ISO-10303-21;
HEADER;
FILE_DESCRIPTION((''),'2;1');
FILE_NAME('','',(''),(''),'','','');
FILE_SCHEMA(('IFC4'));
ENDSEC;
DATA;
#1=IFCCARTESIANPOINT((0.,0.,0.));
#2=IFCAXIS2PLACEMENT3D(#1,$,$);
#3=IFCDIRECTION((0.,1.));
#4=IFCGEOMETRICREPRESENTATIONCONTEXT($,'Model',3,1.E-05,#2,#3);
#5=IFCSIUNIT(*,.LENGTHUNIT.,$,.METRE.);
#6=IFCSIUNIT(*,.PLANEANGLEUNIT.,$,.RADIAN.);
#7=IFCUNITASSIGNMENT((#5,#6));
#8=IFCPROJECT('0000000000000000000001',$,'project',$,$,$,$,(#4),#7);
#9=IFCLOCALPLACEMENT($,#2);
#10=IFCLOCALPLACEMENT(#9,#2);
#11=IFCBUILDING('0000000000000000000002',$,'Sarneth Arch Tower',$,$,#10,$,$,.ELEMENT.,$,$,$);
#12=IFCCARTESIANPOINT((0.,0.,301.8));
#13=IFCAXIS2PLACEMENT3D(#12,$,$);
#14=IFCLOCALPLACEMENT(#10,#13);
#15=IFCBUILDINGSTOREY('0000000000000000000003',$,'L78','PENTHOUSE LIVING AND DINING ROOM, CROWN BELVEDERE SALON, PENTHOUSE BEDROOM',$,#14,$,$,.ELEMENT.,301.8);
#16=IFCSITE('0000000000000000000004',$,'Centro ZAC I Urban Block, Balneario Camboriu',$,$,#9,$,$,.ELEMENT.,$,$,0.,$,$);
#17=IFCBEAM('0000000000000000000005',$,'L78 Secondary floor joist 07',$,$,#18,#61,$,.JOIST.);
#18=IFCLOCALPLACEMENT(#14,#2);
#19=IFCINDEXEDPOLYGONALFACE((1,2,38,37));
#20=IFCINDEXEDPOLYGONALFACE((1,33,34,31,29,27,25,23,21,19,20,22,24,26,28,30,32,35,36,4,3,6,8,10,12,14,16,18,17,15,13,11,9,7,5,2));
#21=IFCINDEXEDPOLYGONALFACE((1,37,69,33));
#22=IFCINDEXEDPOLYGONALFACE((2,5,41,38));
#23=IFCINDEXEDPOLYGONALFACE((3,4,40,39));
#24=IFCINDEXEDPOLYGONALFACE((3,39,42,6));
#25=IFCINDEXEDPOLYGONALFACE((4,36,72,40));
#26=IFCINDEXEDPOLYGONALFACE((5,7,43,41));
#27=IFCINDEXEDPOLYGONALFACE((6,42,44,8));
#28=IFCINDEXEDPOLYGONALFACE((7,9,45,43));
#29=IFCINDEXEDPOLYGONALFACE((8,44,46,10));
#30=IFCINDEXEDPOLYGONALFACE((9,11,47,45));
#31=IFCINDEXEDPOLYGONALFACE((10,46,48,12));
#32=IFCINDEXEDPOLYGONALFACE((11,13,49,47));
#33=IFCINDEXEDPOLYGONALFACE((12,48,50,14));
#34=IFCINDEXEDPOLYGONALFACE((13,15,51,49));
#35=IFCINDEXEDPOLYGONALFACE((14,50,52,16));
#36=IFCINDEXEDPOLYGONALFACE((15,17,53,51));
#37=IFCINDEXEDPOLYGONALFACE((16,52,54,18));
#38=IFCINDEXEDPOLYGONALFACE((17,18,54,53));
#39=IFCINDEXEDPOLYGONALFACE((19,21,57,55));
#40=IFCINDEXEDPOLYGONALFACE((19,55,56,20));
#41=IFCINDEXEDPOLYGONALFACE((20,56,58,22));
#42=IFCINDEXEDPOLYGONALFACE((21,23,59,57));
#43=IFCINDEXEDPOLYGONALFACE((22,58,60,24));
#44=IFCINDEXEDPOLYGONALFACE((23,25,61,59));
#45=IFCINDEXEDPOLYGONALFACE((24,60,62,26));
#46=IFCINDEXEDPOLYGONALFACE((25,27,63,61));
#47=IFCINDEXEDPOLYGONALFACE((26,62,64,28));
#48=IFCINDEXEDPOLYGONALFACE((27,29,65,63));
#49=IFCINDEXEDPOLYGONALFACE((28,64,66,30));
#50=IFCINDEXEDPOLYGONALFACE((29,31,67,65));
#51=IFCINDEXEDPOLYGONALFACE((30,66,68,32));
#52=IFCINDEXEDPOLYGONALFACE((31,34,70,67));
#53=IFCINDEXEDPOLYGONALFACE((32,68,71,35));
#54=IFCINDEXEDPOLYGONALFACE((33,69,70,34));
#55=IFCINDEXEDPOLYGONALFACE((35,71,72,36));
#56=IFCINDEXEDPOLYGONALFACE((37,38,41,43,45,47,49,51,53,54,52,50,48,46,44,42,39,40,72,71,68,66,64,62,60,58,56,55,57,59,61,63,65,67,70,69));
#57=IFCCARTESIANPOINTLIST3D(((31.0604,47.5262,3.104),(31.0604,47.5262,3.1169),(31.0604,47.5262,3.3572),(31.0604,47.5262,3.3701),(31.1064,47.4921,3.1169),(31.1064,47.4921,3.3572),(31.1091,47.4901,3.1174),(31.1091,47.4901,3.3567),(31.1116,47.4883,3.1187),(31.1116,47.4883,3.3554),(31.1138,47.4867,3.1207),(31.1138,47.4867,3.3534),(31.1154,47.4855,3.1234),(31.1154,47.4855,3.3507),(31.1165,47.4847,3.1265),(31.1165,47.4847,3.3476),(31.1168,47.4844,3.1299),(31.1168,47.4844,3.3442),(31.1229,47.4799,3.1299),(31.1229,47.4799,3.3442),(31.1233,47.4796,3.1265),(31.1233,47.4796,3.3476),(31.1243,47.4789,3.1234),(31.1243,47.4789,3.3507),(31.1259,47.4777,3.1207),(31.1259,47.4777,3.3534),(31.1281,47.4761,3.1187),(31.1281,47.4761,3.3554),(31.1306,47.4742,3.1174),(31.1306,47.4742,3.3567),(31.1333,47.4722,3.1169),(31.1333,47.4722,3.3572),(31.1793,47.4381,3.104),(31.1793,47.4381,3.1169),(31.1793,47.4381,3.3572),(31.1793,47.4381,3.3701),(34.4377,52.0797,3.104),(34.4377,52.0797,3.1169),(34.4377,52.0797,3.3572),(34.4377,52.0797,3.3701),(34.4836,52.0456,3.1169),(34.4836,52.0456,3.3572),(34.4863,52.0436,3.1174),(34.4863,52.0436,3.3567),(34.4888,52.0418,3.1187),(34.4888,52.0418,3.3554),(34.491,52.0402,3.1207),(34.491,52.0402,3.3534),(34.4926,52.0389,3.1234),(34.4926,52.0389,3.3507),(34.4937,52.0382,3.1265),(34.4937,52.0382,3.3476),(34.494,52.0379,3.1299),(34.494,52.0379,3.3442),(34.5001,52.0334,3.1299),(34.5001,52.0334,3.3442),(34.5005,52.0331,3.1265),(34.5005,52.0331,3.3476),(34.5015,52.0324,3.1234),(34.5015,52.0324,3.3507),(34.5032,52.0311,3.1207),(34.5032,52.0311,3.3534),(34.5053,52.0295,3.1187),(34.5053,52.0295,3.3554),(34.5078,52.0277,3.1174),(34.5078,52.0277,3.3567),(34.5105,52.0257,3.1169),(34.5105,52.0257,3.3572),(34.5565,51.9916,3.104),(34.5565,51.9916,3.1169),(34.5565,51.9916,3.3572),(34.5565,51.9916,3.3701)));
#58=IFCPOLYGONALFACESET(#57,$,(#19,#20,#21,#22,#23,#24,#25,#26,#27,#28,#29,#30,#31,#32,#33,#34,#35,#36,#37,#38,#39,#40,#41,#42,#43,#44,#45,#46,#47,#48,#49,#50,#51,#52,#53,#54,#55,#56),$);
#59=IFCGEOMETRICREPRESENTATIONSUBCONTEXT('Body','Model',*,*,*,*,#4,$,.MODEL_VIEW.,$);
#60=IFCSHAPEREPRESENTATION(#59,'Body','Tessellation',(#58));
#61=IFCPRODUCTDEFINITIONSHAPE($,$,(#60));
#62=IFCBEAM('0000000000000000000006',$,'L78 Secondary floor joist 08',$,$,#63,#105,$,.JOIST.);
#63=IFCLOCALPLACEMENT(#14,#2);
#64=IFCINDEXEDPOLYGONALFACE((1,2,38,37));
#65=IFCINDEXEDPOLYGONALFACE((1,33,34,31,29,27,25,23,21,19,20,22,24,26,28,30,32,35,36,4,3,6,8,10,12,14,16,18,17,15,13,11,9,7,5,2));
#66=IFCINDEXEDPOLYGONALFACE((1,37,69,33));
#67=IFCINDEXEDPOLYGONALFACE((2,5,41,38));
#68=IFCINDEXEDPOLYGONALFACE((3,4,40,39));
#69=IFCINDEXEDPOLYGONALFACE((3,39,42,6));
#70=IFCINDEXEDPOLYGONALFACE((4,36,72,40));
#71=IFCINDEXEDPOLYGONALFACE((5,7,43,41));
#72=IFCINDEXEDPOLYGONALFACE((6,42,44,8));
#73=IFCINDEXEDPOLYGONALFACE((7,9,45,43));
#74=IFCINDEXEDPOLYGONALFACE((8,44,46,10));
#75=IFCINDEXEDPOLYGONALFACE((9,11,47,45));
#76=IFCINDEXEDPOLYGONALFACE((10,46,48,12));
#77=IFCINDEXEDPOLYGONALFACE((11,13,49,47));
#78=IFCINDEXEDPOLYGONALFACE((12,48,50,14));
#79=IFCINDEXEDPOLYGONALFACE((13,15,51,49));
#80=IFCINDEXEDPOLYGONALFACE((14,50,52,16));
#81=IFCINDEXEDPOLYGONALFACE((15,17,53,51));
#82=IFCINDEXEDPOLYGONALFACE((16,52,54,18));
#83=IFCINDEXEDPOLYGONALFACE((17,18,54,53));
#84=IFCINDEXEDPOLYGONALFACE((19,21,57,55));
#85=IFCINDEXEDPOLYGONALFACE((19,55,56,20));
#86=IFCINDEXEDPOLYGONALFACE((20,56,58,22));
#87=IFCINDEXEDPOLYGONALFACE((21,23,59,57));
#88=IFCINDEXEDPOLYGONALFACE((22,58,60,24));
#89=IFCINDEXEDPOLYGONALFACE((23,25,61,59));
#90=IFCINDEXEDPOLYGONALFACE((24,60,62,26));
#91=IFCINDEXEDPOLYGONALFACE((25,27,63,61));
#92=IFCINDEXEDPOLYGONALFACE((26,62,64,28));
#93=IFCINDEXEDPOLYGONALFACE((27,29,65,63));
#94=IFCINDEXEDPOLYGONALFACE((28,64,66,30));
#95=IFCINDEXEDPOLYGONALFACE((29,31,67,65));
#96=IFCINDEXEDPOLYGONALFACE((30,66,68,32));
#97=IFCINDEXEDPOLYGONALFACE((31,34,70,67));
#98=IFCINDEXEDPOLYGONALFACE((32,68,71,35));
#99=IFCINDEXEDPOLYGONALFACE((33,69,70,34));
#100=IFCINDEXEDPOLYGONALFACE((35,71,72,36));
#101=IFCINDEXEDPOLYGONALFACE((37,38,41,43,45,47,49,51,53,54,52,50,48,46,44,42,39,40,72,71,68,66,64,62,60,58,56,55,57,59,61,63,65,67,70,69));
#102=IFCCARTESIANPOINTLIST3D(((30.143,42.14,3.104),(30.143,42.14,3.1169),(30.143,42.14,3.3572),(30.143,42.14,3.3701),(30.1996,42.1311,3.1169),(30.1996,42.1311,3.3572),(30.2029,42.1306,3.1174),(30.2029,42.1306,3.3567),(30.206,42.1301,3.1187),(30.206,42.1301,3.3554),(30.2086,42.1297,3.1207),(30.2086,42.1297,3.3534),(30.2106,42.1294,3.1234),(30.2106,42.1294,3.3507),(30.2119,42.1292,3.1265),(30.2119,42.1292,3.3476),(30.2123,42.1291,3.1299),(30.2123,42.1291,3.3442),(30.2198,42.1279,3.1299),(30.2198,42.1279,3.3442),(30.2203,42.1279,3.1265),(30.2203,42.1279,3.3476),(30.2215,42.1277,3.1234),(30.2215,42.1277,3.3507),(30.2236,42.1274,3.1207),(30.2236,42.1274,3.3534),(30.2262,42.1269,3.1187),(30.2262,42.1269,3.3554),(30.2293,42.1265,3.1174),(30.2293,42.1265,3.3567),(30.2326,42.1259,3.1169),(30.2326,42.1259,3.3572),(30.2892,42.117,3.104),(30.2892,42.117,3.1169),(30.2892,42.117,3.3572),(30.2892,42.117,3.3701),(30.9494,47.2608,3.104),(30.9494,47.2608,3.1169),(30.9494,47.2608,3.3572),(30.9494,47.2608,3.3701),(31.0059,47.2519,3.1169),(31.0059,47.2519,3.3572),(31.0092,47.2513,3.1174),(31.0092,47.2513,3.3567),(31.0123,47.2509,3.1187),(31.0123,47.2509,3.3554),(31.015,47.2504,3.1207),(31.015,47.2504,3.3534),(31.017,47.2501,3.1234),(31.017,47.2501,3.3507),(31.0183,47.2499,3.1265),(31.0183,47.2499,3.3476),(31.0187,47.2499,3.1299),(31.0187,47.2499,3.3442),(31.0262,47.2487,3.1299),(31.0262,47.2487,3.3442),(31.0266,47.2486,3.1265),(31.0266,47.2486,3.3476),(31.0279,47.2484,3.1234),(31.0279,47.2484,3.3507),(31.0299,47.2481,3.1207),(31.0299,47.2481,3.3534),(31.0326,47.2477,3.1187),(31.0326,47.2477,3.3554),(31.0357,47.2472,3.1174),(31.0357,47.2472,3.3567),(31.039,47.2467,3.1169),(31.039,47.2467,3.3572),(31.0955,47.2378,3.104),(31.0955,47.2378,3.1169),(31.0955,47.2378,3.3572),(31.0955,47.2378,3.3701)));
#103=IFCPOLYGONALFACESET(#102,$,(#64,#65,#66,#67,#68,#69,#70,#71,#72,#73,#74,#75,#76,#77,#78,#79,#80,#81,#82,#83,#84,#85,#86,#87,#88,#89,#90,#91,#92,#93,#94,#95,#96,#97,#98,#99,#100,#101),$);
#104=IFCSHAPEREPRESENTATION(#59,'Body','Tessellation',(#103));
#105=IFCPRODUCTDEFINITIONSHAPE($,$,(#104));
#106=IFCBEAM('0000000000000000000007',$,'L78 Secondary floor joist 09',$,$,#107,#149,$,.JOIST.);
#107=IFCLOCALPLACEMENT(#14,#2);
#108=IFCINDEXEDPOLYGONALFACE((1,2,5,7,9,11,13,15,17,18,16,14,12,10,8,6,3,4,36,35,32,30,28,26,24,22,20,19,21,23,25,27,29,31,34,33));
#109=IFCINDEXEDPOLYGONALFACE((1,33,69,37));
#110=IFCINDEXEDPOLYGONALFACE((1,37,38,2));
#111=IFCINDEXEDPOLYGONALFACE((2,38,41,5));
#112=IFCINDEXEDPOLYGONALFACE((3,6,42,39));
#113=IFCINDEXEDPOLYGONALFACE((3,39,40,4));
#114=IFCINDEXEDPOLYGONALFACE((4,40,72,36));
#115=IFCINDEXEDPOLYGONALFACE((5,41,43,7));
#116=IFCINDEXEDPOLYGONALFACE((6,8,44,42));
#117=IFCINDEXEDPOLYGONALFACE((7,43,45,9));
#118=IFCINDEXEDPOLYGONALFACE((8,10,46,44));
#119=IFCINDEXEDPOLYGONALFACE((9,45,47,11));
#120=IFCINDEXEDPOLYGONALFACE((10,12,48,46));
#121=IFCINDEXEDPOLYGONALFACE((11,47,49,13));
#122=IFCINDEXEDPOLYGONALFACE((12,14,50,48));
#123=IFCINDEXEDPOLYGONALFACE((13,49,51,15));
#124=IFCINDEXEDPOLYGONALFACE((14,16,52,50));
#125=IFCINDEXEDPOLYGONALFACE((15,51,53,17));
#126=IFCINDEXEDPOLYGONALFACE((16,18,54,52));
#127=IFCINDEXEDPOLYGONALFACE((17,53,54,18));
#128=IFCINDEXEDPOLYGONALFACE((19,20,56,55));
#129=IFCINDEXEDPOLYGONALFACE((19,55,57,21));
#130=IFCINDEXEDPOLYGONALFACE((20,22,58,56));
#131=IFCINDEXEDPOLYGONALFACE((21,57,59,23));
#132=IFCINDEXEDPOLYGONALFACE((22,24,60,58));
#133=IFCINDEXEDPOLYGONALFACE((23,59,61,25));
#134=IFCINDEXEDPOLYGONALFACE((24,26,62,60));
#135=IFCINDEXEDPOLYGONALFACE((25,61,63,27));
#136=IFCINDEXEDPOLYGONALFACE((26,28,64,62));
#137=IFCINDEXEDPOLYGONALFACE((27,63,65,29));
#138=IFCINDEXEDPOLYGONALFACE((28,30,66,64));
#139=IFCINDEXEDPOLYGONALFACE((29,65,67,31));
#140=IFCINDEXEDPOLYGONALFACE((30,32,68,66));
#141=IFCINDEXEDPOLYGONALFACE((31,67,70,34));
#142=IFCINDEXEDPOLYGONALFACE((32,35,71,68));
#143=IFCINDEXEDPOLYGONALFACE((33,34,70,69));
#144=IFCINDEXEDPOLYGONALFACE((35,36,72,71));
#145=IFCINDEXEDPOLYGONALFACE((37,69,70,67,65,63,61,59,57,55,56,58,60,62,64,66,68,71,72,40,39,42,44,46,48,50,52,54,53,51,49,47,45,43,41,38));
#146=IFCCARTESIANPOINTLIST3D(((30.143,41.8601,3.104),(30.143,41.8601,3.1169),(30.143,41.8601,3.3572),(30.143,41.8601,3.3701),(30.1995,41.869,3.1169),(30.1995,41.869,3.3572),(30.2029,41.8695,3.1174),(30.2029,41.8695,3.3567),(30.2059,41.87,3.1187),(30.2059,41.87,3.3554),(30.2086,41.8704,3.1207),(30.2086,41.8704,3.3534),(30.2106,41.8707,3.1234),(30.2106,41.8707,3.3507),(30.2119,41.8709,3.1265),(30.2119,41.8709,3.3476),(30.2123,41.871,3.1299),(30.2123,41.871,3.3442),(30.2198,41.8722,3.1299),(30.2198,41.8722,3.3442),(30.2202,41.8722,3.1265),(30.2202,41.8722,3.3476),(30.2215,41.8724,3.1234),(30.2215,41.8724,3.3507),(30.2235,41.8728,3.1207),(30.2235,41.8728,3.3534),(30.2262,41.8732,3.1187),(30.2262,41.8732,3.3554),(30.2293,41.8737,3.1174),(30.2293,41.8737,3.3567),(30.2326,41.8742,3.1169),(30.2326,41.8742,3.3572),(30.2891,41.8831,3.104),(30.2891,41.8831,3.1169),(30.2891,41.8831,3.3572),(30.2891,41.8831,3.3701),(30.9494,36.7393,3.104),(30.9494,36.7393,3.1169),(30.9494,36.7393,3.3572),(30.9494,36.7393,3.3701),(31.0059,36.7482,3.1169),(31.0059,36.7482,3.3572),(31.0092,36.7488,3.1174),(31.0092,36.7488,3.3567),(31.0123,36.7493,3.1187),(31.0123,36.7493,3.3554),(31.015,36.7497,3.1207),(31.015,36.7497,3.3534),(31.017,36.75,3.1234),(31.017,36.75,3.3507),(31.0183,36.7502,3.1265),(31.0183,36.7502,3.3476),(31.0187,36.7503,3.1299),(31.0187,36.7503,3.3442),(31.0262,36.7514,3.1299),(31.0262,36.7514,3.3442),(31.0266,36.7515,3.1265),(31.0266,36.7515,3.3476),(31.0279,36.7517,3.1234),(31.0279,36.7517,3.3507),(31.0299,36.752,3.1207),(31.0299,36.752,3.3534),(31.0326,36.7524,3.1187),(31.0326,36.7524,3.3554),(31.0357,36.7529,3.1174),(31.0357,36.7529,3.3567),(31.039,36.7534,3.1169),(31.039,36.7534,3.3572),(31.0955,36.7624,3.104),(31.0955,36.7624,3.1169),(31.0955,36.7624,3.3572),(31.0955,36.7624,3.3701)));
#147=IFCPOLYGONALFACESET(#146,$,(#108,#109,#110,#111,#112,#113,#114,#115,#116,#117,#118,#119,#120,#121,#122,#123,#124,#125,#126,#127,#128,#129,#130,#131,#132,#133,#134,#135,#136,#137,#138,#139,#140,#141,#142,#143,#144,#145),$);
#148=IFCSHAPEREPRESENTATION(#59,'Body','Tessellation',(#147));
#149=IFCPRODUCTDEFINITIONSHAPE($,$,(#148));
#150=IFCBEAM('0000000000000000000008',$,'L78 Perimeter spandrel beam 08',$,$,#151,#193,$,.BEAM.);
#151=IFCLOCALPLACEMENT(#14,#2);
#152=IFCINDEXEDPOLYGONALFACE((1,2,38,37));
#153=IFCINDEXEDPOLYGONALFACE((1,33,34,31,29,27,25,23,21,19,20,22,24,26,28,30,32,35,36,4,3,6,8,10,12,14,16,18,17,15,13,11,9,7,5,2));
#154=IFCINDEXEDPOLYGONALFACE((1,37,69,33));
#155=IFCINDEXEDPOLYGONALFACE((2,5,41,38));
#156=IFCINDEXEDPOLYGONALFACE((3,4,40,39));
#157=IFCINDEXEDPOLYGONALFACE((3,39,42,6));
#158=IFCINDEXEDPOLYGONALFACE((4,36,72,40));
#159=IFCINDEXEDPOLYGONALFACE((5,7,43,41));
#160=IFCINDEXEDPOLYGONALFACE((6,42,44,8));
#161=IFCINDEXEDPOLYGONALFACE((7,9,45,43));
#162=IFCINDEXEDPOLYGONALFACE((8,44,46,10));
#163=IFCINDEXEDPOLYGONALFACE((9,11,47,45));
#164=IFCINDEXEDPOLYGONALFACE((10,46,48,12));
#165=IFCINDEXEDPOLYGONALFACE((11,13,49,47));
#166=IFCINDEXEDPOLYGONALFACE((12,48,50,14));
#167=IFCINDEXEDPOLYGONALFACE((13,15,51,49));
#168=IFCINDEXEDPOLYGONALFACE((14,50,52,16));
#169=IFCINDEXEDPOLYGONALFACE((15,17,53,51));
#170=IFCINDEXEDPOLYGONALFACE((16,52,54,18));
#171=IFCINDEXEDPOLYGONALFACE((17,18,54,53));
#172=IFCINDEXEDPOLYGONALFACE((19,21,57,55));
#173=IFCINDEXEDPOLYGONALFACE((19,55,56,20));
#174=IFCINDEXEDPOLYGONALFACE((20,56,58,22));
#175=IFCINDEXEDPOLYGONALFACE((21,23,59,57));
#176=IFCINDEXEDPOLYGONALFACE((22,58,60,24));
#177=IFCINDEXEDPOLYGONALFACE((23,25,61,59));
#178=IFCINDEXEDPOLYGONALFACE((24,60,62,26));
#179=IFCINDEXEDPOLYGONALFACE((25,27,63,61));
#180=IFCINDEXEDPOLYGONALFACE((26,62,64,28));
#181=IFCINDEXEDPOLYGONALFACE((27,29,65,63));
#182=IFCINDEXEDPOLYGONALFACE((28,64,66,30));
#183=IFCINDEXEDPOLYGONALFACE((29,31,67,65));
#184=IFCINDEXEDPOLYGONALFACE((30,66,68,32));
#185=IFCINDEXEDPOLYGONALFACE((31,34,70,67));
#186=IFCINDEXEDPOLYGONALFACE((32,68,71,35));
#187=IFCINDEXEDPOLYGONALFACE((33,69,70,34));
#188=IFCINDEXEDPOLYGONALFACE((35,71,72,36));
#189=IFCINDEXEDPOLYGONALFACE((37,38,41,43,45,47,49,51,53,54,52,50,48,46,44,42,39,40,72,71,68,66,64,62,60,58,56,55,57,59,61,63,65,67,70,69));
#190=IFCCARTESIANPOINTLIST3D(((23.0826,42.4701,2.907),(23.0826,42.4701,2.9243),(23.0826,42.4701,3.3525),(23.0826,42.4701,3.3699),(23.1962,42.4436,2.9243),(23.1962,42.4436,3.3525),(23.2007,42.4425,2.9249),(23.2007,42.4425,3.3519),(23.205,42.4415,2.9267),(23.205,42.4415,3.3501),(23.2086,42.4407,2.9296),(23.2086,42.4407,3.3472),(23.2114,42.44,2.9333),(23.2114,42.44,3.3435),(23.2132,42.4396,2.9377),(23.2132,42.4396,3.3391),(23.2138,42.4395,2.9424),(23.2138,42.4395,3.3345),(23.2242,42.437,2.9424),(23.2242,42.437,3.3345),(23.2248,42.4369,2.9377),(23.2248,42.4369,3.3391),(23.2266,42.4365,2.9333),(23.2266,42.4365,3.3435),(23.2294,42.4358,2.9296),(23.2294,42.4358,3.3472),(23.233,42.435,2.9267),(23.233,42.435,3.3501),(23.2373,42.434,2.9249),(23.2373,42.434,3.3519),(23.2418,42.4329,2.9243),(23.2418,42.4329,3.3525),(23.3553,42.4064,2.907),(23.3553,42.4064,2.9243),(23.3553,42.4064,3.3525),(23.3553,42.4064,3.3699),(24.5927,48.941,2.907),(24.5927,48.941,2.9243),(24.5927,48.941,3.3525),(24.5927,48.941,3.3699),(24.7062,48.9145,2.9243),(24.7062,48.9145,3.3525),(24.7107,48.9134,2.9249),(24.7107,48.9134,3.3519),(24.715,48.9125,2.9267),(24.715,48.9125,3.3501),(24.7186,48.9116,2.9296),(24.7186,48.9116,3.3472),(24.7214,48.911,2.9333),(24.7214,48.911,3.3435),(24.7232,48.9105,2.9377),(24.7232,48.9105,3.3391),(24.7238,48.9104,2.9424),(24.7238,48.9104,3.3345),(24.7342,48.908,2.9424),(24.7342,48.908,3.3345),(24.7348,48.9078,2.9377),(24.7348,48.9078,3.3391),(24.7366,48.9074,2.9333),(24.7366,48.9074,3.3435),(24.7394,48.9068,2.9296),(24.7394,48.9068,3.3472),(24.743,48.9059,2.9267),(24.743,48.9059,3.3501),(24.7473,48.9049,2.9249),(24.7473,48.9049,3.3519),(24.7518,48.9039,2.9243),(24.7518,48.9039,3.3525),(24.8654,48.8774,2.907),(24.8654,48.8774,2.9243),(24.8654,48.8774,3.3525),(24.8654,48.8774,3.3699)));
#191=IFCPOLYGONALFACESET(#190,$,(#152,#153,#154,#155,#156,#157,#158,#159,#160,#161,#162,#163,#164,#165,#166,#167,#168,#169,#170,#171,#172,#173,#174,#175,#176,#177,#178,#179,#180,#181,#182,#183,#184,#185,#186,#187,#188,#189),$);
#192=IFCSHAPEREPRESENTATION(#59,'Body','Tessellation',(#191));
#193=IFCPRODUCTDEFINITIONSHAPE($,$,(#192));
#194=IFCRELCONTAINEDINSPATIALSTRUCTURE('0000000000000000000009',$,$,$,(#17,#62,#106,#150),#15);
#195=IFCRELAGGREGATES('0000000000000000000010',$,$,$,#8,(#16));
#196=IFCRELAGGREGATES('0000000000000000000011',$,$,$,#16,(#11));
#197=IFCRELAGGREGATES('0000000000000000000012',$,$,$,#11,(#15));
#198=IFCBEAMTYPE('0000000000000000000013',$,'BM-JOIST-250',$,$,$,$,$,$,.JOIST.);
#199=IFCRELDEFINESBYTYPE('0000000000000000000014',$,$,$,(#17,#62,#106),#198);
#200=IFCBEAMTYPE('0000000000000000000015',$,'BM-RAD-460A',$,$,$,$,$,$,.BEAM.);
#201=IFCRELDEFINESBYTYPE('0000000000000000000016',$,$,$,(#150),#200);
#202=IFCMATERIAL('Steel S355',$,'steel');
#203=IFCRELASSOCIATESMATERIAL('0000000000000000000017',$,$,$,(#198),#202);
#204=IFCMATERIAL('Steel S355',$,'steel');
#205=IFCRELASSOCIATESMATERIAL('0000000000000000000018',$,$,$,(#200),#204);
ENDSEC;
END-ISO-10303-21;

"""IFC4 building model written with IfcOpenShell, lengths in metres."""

from ifc_helpers import new_model, si_unit, direction, frame, origin, origin_2d, place, context, subcontext, project, spatial, i_section, extrude, material, material_profile, profile_set, type_object, element, save


model = new_model("IFC4")

# Units and contexts
model_context = context("Model", 3, precision=1e-05, world=origin(), true_north=direction((0.0, 1.0)))
body_context = subcontext(model_context, "Body", "Model", "MODEL_VIEW")
ifc_project = project(units=[si_unit("LENGTHUNIT", "METRE"), si_unit("PLANEANGLEUNIT", "RADIAN")], contexts=[model_context])

# Site, building, storey
site_placement = place(None, origin())
site = spatial("IfcSite", under=ifc_project, at=site_placement, Name="Centro ZAC I Urban Block, Balneario Camboriu", CompositionType="ELEMENT", RefElevation=0.0)
building_placement = place(site_placement, origin())
building = spatial("IfcBuilding", under=site, at=building_placement, Name="Sarneth Arch Tower", CompositionType="ELEMENT")
storey_placement = place(building_placement, frame((0.0, 0.0, 301.8)))
storey = spatial("IfcBuildingStorey", under=building, at=storey_placement, Name="L78", Description="PENTHOUSE LIVING AND DINING ROOM, CROWN BELVEDERE SALON, PENTHOUSE BEDROOM", CompositionType="ELEMENT", Elevation=301.8)

# Beams
ifc_material_1 = material(Name="Steel S355", Category="steel")
ifc_material_profile_1 = material_profile(ifc_material_1, i_section(OverallWidth=0.1479, OverallDepth=0.2661, WebThickness=0.0076, FlangeThickness=0.0129, FilletRadius=0.0129, at=origin_2d()), Name="W250x44.8")
ifc_profile_set_1 = profile_set([ifc_material_profile_1], Name="Steel S355")
beam_type_1 = type_object("IfcBeamType", Name="BM-JOIST-250", PredefinedType="JOIST", material=ifc_profile_set_1)
beam_placement = place(storey_placement, frame((34.4971, 52.0356, 3.2371), z_axis=(-0.595713, -0.803198, 0.0), x_axis=(0.803198, -0.595713, 0.0)))
element("IfcBeam", 1, at=beam_placement, inside=storey, type_object=beam_type_1, Name="L78 Secondary floor joist 07", PredefinedType="JOIST", context=body_context, shape_type="SweptSolid", body=[
    extrude(i_section(OverallWidth=0.1479, OverallDepth=0.2661, WebThickness=0.0076, FlangeThickness=0.0129, FilletRadius=0.0129, at=origin_2d()), origin(), (0.0, 0.0, 1.0), 5.6692),
])
for number, where, z_axis, x_axis, name in (
    (2, (31.0225, 47.2493, 3.2371), (-0.155556, -0.987827, 0.0), (0.987827, -0.155556, 0.0), "L78 Secondary floor joist 08"),
    (3, (30.2161, 41.8716, 3.2371), (0.155556, -0.987827, 0.0), (0.987827, 0.155556, 0.0), "L78 Secondary floor joist 09"),
):
    element("IfcBeam", number, at=place(storey_placement, frame(where, z_axis=z_axis, x_axis=x_axis)), inside=storey, type_object=beam_type_1, Name=name, PredefinedType="JOIST", context=body_context, shape_type="SweptSolid", body=[
        extrude(i_section(OverallWidth=0.1479, OverallDepth=0.2661, WebThickness=0.0076, FlangeThickness=0.0129, FilletRadius=0.0129, at=origin_2d()), origin(), (0.0, 0.0, 1.0), 5.1838),
    ])
ifc_material_2 = material(Name="Steel S355", Category="steel")
ifc_material_profile_2 = material_profile(ifc_material_2, i_section(OverallWidth=0.28, OverallDepth=0.4629, WebThickness=0.0107, FlangeThickness=0.0173, FilletRadius=0.0181, at=origin_2d()), Name="W460x113")
ifc_profile_set_2 = profile_set([ifc_material_profile_2], Name="Steel S355")
beam_type_2 = type_object("IfcBeamType", Name="BM-RAD-460A", PredefinedType="BEAM", material=ifc_profile_set_2)
for number, where, z_axis, x_axis, name in (
    (4, (24.729, 48.9092, 3.1384), (-0.227247, -0.973837, 0.0), (0.973837, -0.227247, 0.0), "L78 Perimeter spandrel beam 08"),
):
    element("IfcBeam", number, at=place(storey_placement, frame(where, z_axis=z_axis, x_axis=x_axis)), inside=storey, type_object=beam_type_2, Name=name, PredefinedType="BEAM", context=body_context, shape_type="SweptSolid", body=[
        extrude(i_section(OverallWidth=0.28, OverallDepth=0.4629, WebThickness=0.0107, FlangeThickness=0.0173, FilletRadius=0.0181, at=origin_2d()), origin(), (0.0, 0.0, 1.0), 6.6448),
    ])

save(model, "model.ifc")
